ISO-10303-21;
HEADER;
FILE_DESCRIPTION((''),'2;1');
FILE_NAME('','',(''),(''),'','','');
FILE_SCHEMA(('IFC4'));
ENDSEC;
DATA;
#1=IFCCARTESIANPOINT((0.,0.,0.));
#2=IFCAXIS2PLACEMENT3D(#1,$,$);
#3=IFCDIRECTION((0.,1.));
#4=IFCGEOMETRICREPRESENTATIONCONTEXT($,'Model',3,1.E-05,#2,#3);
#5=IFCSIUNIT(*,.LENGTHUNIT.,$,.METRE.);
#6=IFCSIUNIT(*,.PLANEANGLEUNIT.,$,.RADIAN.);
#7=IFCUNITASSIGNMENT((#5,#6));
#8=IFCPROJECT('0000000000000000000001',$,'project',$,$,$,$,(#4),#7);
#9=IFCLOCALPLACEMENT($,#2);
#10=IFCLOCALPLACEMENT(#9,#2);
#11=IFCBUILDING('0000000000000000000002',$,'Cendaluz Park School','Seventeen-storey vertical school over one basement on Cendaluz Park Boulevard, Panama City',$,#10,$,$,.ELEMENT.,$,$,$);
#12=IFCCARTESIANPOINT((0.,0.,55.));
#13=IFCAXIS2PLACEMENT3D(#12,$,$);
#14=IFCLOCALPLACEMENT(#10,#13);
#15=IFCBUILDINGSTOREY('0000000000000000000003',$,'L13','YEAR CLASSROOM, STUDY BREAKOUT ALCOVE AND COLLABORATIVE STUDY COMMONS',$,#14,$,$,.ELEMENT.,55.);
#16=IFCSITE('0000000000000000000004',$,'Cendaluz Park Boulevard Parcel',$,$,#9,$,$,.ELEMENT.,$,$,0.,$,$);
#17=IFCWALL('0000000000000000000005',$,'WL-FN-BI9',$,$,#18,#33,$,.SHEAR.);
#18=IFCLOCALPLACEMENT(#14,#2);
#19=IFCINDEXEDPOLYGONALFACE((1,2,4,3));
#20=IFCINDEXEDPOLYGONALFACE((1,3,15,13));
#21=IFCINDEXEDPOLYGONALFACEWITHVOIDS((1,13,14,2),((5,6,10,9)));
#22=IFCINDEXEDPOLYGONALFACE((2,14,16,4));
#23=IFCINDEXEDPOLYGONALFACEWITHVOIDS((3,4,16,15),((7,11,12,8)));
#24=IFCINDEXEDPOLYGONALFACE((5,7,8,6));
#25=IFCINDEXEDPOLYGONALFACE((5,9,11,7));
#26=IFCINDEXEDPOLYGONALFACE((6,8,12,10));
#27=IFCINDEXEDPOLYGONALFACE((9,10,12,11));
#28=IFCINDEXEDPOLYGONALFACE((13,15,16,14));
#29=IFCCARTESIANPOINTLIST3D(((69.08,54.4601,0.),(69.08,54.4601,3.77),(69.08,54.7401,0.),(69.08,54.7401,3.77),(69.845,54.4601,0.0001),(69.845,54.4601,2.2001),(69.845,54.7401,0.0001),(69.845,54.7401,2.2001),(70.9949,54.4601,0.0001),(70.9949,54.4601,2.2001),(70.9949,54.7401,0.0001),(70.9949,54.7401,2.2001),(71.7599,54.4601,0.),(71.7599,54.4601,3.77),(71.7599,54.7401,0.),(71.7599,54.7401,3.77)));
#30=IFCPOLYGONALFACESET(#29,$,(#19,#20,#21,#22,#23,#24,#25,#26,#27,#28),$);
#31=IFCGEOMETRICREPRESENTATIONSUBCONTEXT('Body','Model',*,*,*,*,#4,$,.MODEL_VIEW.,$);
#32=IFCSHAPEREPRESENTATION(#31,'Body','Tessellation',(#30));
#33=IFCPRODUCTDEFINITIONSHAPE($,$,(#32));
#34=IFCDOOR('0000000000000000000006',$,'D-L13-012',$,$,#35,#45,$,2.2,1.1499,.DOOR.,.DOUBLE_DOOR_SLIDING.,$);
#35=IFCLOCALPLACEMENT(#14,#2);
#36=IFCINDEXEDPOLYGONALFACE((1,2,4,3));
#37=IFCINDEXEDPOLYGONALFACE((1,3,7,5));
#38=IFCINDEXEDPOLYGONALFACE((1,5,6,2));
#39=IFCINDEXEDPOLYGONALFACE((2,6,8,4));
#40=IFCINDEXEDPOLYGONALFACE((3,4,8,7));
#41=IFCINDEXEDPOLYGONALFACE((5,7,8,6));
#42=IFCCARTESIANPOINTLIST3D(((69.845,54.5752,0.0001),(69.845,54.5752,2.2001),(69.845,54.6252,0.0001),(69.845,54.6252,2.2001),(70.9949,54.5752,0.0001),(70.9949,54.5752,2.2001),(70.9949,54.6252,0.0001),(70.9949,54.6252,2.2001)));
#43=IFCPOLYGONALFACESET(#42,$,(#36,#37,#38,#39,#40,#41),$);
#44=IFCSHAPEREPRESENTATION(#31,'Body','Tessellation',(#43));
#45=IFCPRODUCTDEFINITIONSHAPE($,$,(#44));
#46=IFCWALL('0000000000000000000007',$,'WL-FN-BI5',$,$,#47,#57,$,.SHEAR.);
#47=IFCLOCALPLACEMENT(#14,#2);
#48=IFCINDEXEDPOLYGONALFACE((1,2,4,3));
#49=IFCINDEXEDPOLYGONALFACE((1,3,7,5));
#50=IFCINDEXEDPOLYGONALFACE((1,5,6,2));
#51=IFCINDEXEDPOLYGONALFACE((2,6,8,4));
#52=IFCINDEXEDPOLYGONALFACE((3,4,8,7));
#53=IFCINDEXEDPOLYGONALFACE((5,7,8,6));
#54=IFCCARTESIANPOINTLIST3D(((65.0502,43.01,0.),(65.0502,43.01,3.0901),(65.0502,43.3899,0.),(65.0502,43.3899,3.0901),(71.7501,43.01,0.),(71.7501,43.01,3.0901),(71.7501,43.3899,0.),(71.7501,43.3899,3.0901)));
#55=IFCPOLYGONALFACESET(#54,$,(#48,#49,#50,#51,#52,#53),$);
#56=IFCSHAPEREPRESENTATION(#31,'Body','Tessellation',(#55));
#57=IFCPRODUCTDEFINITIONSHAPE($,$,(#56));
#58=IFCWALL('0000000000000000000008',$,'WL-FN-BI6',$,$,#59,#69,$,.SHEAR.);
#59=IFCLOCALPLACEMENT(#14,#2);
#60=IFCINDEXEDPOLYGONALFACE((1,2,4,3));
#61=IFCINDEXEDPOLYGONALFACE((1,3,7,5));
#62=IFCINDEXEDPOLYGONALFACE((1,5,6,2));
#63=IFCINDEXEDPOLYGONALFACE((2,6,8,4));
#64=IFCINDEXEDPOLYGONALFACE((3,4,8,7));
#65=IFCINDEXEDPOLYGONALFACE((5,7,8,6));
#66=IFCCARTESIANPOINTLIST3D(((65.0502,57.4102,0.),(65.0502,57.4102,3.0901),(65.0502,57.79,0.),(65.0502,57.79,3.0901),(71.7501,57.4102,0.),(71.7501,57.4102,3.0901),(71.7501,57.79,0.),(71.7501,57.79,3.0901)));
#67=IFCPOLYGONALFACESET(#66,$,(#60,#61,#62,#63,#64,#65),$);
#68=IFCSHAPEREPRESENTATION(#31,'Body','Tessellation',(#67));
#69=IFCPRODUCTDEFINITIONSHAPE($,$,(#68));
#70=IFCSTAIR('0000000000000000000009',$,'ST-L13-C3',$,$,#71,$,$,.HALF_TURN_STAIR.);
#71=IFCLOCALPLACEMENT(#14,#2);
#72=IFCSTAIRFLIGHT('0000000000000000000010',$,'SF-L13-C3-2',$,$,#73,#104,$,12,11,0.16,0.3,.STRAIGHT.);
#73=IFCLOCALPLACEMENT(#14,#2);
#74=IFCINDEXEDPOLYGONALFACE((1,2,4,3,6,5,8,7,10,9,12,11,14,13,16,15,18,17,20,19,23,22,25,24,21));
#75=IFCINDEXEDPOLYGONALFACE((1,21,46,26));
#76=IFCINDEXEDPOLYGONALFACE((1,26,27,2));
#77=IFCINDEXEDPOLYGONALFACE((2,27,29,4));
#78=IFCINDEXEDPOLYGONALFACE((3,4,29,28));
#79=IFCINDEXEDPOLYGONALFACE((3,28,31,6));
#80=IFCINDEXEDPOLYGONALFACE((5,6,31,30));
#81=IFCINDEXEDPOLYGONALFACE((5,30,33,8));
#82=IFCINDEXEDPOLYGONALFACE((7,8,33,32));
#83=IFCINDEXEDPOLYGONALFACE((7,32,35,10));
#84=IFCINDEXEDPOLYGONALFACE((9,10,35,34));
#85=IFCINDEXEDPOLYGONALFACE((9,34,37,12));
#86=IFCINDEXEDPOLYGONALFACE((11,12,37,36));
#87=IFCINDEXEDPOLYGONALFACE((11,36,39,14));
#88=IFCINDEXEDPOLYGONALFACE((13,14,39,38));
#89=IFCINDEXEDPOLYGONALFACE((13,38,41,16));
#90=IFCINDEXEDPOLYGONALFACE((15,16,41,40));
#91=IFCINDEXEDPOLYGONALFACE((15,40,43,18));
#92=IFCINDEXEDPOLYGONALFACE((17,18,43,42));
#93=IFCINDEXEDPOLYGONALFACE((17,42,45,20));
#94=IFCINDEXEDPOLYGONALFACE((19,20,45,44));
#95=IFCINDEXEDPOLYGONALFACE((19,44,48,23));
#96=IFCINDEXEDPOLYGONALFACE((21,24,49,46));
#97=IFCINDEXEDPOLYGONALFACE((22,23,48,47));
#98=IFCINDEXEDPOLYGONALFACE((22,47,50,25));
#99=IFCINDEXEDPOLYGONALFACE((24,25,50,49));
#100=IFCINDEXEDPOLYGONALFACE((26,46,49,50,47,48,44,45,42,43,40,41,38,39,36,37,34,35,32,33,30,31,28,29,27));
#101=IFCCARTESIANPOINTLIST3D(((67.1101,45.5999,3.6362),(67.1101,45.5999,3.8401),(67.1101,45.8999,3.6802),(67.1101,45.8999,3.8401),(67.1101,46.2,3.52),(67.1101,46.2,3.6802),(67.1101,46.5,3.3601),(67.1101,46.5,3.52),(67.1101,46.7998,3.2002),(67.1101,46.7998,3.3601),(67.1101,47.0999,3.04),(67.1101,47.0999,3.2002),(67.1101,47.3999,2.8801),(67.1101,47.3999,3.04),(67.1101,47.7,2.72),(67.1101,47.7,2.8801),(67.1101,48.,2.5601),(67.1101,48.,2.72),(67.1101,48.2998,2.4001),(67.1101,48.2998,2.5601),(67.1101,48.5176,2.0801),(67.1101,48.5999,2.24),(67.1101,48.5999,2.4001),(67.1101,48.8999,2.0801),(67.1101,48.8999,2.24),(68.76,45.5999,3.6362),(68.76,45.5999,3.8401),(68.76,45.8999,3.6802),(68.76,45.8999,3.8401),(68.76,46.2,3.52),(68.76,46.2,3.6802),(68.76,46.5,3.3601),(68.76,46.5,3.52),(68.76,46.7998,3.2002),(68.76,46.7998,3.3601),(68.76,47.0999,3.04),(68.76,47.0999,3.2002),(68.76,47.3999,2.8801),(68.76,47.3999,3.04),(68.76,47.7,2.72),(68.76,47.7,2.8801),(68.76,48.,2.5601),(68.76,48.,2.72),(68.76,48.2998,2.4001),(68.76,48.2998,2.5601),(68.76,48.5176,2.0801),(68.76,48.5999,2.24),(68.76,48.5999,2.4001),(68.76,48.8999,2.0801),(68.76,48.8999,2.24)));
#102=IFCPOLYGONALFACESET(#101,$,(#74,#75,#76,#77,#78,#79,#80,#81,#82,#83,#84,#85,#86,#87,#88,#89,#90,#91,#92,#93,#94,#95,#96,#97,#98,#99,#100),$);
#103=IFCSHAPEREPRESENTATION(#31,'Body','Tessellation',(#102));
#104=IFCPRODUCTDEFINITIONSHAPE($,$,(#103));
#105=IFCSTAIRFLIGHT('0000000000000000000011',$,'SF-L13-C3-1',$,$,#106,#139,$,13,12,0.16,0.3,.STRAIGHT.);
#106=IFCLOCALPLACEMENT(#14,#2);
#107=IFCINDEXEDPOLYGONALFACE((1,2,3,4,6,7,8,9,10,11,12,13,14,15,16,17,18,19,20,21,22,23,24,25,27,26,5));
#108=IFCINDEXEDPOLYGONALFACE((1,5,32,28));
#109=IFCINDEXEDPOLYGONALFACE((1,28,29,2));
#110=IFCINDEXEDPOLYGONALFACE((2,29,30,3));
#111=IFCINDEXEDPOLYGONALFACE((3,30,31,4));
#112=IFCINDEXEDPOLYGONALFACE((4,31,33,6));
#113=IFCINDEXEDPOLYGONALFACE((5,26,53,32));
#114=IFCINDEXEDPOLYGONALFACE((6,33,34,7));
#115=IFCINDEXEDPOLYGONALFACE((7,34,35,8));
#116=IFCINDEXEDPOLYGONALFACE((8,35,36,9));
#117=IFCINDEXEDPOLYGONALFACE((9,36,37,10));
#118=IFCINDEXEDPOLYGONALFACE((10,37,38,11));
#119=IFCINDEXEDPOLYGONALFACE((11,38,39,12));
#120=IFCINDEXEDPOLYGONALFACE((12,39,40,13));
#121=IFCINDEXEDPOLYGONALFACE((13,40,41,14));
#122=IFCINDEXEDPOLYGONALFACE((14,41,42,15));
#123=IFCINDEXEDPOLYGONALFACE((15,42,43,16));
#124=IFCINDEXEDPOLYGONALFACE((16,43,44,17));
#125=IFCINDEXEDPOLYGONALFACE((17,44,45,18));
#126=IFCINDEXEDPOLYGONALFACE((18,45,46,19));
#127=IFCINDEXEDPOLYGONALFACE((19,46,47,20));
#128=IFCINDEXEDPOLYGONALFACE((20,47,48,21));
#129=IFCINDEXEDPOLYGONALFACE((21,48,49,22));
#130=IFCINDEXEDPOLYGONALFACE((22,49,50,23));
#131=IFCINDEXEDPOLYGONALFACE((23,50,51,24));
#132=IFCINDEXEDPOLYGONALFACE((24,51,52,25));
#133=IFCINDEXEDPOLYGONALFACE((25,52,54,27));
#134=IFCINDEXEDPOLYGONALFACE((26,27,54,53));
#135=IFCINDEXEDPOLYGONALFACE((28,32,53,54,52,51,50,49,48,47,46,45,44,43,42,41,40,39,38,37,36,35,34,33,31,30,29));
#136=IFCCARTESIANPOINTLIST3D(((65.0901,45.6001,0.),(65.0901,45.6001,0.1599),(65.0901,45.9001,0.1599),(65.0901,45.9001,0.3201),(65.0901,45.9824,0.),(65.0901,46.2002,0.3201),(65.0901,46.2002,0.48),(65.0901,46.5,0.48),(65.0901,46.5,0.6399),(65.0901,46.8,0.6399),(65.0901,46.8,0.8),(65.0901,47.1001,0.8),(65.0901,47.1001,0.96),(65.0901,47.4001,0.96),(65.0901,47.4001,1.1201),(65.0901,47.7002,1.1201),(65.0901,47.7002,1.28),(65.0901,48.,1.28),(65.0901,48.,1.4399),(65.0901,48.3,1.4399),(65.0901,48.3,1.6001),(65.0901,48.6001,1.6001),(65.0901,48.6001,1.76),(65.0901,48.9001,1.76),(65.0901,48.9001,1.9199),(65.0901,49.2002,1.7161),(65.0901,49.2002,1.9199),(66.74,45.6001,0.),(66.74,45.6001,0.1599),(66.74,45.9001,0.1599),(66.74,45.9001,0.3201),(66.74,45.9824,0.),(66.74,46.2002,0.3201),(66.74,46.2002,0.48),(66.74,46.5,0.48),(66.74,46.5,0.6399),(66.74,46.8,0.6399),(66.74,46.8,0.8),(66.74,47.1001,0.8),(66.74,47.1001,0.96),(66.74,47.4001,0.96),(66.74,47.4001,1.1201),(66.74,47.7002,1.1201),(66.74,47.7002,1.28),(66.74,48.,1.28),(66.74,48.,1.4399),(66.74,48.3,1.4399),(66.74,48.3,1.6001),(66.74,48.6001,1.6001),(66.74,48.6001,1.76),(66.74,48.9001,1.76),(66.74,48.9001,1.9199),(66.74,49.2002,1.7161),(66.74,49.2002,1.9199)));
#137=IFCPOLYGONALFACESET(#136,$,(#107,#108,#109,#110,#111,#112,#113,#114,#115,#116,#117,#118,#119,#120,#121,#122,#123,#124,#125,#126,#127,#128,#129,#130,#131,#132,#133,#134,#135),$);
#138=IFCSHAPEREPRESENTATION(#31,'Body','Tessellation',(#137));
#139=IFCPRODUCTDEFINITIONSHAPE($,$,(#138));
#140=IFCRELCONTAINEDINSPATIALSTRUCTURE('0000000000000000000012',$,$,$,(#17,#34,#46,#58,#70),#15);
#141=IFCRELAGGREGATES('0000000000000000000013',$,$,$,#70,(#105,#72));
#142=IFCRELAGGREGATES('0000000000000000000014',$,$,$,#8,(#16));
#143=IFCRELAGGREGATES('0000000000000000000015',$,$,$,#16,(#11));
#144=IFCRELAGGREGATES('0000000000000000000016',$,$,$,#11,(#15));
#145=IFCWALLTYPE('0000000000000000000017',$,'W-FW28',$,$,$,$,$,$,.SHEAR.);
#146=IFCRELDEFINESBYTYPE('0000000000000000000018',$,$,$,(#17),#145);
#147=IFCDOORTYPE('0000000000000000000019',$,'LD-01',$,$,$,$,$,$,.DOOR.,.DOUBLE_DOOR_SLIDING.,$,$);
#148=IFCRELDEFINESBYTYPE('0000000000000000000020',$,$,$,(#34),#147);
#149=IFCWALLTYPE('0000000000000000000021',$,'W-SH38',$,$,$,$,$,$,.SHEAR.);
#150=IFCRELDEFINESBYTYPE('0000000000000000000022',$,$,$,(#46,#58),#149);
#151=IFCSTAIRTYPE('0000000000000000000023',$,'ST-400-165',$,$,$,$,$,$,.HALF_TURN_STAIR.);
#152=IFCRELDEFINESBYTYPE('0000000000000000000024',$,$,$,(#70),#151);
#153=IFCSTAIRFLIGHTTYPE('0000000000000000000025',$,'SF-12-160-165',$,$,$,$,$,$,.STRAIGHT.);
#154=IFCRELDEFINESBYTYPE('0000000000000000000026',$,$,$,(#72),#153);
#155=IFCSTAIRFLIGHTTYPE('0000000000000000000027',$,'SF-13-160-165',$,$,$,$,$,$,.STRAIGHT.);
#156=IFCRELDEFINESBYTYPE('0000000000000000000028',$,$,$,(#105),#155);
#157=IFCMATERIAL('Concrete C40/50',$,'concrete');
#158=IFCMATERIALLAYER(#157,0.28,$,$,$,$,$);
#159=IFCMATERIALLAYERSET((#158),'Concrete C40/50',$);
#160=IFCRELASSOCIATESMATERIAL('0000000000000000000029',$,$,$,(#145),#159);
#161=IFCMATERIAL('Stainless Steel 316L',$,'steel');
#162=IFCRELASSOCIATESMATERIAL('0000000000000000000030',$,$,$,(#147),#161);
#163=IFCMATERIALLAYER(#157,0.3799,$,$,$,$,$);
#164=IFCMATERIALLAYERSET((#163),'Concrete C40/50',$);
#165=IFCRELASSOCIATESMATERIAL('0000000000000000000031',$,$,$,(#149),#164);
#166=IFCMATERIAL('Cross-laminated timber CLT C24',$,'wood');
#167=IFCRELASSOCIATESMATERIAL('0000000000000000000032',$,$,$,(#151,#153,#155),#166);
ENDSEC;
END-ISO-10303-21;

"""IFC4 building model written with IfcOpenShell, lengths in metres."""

from ifc_helpers import new_model, si_unit, direction, frame, frame_2d, origin, place, context, subcontext, project, spatial, polyline, rectangle, outline, extrude, material, layer, layer_set, type_object, element, fill, aggregate, save


model = new_model("IFC4")

# Units and contexts
model_context = context("Model", 3, precision=1e-05, world=origin(), true_north=direction((0.0, 1.0)))
body_context = subcontext(model_context, "Body", "Model", "MODEL_VIEW")
ifc_project = project(units=[si_unit("LENGTHUNIT", "METRE"), si_unit("PLANEANGLEUNIT", "RADIAN")], contexts=[model_context])

# Site, building, storey
site_placement = place(None, origin())
site = spatial("IfcSite", under=ifc_project, at=site_placement, Name="Cendaluz Park Boulevard Parcel", CompositionType="ELEMENT", RefElevation=0.0)
building_placement = place(site_placement, origin())
building = spatial("IfcBuilding", under=site, at=building_placement, Name="Cendaluz Park School", Description="Seventeen-storey vertical school over one basement on Cendaluz Park Boulevard, Panama City", CompositionType="ELEMENT")
storey_placement = place(building_placement, frame((0.0, 0.0, 55.0)))
storey = spatial("IfcBuildingStorey", under=building, at=storey_placement, Name="L13", Description="YEAR CLASSROOM, STUDY BREAKOUT ALCOVE AND COLLABORATIVE STUDY COMMONS", CompositionType="ELEMENT", Elevation=55.0)

# Shared definitions
ifc_material_1 = material(Name="Cross-laminated timber CLT C24", Category="wood")

# Shared definitions
ifc_material_2 = material(Name="Concrete C40/50", Category="concrete")
ifc_layer_1 = layer(ifc_material_2, 0.28)
ifc_layer_set_1 = layer_set([ifc_layer_1], Name="Concrete C40/50")
wall_type_1 = type_object("IfcWallType", Name="W-FW28", PredefinedType="SHEAR", material=ifc_layer_set_1)

# Wall, opening, door
wall_1_placement = place(storey_placement, frame((69.0801, 54.6001, 0.0), z_axis=(0.0, 0.0, 1.0), x_axis=(1.0, 0.0, 0.0)))
wall_1 = element("IfcWall", 1, at=wall_1_placement, inside=storey, type_object=wall_type_1, Name="WL-FN-BI9", PredefinedType="SHEAR", context=body_context, shape_type="SweptSolid", body=[
    extrude(rectangle(XDim=2.6799, YDim=0.28, at=frame_2d((1.3398, 0.0))), origin(), (0.0, 0.0, 1.0), 3.77),
])
opening_1_placement = place(wall_1_placement, frame((0.7649, 0.0, 0.0)))
opening_1 = element("IfcOpeningElement", 2, at=opening_1_placement, cuts=wall_1, PredefinedType="OPENING", context=body_context, shape_type="SweptSolid", body=[
    extrude(rectangle(XDim=1.1499, YDim=2.2, at=frame_2d((0.575, 1.1001))), frame((0.0, 0.1521, 0.0), z_axis=(0.0, -1.0, 0.0), x_axis=(1.0, 0.0, 0.0)), (0.0, 0.0, 1.0), 0.304),
])
ifc_material_3 = material(Name="Stainless Steel 316L", Category="steel")
door_type_1 = type_object("IfcDoorType", Name="LD-01", OperationType="DOUBLE_DOOR_SLIDING", PredefinedType="DOOR", material=ifc_material_3)
door_1_placement = place(opening_1_placement, frame((1.1499, 0.0, 0.0), z_axis=(0.0, 0.0, 1.0), x_axis=(-1.0, 0.0, 0.0)))
door_1 = element("IfcDoor", 3, at=door_1_placement, inside=storey, type_object=door_type_1, Name="D-L13-012", OperationType="DOUBLE_DOOR_SLIDING", OverallHeight=2.2, OverallWidth=1.1499, PredefinedType="DOOR", context=body_context, shape_type="SweptSolid", body=[
    extrude(rectangle(XDim=1.1499, YDim=2.2, at=frame_2d((0.575, 1.1001))), frame((0.0, 0.0249, 0.0), z_axis=(0.0, -1.0, 0.0), x_axis=(1.0, 0.0, 0.0)), (0.0, 0.0, 1.0), 0.05),
])
fill(opening_1, door_1)

# Walls
ifc_layer_2 = layer(ifc_material_2, 0.3799)
ifc_layer_set_2 = layer_set([ifc_layer_2], Name="Concrete C40/50")
wall_type_2 = type_object("IfcWallType", Name="W-SH38", PredefinedType="SHEAR", material=ifc_layer_set_2)
for number, where, z_axis, x_axis, name in (
    (4, (65.05, 43.2, 0.0), (0.0, 0.0, 1.0), (1.0, 0.0, 0.0), "WL-FN-BI5"),
    (5, (65.05, 57.6001, 0.0), (0.0, 0.0, 1.0), (1.0, 0.0, 0.0), "WL-FN-BI6"),
):
    element("IfcWall", number, at=place(storey_placement, frame(where, z_axis=z_axis, x_axis=x_axis)), inside=storey, type_object=wall_type_2, Name=name, PredefinedType="SHEAR", context=body_context, shape_type="SweptSolid", body=[
        extrude(rectangle(XDim=6.7, YDim=0.3799, at=frame_2d((3.3501, 0.0))), origin(), (0.0, 0.0, 1.0), 3.0901),
    ])

# Stair, stair flights
stair_type = type_object("IfcStairType", Name="ST-400-165", PredefinedType="HALF_TURN_STAIR", material=ifc_material_1)
stair_placement = place(storey_placement, origin())
stair = element("IfcStair", 6, at=stair_placement, inside=storey, type_object=stair_type, Name="ST-L13-C3", PredefinedType="HALF_TURN_STAIR")
stair_flight_type_1 = type_object("IfcStairFlightType", Name="SF-12-160-165", PredefinedType="STRAIGHT", material=ifc_material_1)
stair_flight_1_placement = place(storey_placement, frame((67.9351, 48.8999, 2.0801), z_axis=(0.0, 0.0, 1.0), x_axis=(0.0, -1.0, 0.0)))
stair_flight_1 = element("IfcStairFlight", 7, at=stair_flight_1_placement, type_object=stair_flight_type_1, Name="SF-L13-C3-2", NumberOfRisers=12, NumberOfTreads=11, PredefinedType="STRAIGHT", RiserHeight=0.16, TreadLength=0.3, context=body_context, shape_type="SweptSolid", body=[
    extrude(outline(polyline([(0.0, 0.0), (0.0, 0.1599), (0.3, 0.1599), (0.3, 0.3201), (0.6001, 0.3201), (0.6001, 0.48), (0.8999, 0.48), (0.8999, 0.6399), (1.2, 0.6399), (1.2, 0.8), (1.5, 0.8), (1.5, 0.96), (1.8, 0.96), (1.8, 1.1201), (2.1001, 1.1201), (2.1001, 1.28), (2.3999, 1.28), (2.3999, 1.4399), (2.7, 1.4399), (2.7, 1.6001), (3.0, 1.6001), (3.0, 1.76), (3.3, 1.76), (3.3, 1.9199), (3.3, 1.5562), (0.3823, 0.0), (0.0, 0.0)])), frame((0.0, 0.825, 0.0), z_axis=(0.0, -1.0, 0.0), x_axis=(1.0, 0.0, 0.0)), (0.0, 0.0, 1.0), 1.6499),
])
stair_flight_type_2 = type_object("IfcStairFlightType", Name="SF-13-160-165", PredefinedType="STRAIGHT", material=ifc_material_1)
stair_flight_2_placement = place(storey_placement, frame((65.915, 45.6001, 0.0), z_axis=(0.0, 0.0, 1.0), x_axis=(0.0, 1.0, 0.0)))
stair_flight_2 = element("IfcStairFlight", 8, at=stair_flight_2_placement, type_object=stair_flight_type_2, Name="SF-L13-C3-1", NumberOfRisers=13, NumberOfTreads=12, PredefinedType="STRAIGHT", RiserHeight=0.16, TreadLength=0.3, context=body_context, shape_type="SweptSolid", body=[
    extrude(outline(polyline([(0.0, 0.0), (0.0, 0.1599), (0.3, 0.1599), (0.3, 0.3201), (0.6001, 0.3201), (0.6001, 0.48), (0.8999, 0.48), (0.8999, 0.6399), (1.2, 0.6399), (1.2, 0.8), (1.5, 0.8), (1.5, 0.96), (1.8, 0.96), (1.8, 1.1201), (2.1001, 1.1201), (2.1001, 1.28), (2.3999, 1.28), (2.3999, 1.4399), (2.7, 1.4399), (2.7, 1.6001), (3.0, 1.6001), (3.0, 1.76), (3.3, 1.76), (3.3, 1.9199), (3.6001, 1.9199), (3.6001, 2.0801), (3.6001, 1.7161), (0.3823, 0.0), (0.0, 0.0)])), frame((0.0, 0.825, 0.0), z_axis=(0.0, -1.0, 0.0), x_axis=(1.0, 0.0, 0.0)), (0.0, 0.0, 1.0), 1.6499),
])
aggregate(stair, [stair_flight_2, stair_flight_1])

save(model, "model.ifc")
